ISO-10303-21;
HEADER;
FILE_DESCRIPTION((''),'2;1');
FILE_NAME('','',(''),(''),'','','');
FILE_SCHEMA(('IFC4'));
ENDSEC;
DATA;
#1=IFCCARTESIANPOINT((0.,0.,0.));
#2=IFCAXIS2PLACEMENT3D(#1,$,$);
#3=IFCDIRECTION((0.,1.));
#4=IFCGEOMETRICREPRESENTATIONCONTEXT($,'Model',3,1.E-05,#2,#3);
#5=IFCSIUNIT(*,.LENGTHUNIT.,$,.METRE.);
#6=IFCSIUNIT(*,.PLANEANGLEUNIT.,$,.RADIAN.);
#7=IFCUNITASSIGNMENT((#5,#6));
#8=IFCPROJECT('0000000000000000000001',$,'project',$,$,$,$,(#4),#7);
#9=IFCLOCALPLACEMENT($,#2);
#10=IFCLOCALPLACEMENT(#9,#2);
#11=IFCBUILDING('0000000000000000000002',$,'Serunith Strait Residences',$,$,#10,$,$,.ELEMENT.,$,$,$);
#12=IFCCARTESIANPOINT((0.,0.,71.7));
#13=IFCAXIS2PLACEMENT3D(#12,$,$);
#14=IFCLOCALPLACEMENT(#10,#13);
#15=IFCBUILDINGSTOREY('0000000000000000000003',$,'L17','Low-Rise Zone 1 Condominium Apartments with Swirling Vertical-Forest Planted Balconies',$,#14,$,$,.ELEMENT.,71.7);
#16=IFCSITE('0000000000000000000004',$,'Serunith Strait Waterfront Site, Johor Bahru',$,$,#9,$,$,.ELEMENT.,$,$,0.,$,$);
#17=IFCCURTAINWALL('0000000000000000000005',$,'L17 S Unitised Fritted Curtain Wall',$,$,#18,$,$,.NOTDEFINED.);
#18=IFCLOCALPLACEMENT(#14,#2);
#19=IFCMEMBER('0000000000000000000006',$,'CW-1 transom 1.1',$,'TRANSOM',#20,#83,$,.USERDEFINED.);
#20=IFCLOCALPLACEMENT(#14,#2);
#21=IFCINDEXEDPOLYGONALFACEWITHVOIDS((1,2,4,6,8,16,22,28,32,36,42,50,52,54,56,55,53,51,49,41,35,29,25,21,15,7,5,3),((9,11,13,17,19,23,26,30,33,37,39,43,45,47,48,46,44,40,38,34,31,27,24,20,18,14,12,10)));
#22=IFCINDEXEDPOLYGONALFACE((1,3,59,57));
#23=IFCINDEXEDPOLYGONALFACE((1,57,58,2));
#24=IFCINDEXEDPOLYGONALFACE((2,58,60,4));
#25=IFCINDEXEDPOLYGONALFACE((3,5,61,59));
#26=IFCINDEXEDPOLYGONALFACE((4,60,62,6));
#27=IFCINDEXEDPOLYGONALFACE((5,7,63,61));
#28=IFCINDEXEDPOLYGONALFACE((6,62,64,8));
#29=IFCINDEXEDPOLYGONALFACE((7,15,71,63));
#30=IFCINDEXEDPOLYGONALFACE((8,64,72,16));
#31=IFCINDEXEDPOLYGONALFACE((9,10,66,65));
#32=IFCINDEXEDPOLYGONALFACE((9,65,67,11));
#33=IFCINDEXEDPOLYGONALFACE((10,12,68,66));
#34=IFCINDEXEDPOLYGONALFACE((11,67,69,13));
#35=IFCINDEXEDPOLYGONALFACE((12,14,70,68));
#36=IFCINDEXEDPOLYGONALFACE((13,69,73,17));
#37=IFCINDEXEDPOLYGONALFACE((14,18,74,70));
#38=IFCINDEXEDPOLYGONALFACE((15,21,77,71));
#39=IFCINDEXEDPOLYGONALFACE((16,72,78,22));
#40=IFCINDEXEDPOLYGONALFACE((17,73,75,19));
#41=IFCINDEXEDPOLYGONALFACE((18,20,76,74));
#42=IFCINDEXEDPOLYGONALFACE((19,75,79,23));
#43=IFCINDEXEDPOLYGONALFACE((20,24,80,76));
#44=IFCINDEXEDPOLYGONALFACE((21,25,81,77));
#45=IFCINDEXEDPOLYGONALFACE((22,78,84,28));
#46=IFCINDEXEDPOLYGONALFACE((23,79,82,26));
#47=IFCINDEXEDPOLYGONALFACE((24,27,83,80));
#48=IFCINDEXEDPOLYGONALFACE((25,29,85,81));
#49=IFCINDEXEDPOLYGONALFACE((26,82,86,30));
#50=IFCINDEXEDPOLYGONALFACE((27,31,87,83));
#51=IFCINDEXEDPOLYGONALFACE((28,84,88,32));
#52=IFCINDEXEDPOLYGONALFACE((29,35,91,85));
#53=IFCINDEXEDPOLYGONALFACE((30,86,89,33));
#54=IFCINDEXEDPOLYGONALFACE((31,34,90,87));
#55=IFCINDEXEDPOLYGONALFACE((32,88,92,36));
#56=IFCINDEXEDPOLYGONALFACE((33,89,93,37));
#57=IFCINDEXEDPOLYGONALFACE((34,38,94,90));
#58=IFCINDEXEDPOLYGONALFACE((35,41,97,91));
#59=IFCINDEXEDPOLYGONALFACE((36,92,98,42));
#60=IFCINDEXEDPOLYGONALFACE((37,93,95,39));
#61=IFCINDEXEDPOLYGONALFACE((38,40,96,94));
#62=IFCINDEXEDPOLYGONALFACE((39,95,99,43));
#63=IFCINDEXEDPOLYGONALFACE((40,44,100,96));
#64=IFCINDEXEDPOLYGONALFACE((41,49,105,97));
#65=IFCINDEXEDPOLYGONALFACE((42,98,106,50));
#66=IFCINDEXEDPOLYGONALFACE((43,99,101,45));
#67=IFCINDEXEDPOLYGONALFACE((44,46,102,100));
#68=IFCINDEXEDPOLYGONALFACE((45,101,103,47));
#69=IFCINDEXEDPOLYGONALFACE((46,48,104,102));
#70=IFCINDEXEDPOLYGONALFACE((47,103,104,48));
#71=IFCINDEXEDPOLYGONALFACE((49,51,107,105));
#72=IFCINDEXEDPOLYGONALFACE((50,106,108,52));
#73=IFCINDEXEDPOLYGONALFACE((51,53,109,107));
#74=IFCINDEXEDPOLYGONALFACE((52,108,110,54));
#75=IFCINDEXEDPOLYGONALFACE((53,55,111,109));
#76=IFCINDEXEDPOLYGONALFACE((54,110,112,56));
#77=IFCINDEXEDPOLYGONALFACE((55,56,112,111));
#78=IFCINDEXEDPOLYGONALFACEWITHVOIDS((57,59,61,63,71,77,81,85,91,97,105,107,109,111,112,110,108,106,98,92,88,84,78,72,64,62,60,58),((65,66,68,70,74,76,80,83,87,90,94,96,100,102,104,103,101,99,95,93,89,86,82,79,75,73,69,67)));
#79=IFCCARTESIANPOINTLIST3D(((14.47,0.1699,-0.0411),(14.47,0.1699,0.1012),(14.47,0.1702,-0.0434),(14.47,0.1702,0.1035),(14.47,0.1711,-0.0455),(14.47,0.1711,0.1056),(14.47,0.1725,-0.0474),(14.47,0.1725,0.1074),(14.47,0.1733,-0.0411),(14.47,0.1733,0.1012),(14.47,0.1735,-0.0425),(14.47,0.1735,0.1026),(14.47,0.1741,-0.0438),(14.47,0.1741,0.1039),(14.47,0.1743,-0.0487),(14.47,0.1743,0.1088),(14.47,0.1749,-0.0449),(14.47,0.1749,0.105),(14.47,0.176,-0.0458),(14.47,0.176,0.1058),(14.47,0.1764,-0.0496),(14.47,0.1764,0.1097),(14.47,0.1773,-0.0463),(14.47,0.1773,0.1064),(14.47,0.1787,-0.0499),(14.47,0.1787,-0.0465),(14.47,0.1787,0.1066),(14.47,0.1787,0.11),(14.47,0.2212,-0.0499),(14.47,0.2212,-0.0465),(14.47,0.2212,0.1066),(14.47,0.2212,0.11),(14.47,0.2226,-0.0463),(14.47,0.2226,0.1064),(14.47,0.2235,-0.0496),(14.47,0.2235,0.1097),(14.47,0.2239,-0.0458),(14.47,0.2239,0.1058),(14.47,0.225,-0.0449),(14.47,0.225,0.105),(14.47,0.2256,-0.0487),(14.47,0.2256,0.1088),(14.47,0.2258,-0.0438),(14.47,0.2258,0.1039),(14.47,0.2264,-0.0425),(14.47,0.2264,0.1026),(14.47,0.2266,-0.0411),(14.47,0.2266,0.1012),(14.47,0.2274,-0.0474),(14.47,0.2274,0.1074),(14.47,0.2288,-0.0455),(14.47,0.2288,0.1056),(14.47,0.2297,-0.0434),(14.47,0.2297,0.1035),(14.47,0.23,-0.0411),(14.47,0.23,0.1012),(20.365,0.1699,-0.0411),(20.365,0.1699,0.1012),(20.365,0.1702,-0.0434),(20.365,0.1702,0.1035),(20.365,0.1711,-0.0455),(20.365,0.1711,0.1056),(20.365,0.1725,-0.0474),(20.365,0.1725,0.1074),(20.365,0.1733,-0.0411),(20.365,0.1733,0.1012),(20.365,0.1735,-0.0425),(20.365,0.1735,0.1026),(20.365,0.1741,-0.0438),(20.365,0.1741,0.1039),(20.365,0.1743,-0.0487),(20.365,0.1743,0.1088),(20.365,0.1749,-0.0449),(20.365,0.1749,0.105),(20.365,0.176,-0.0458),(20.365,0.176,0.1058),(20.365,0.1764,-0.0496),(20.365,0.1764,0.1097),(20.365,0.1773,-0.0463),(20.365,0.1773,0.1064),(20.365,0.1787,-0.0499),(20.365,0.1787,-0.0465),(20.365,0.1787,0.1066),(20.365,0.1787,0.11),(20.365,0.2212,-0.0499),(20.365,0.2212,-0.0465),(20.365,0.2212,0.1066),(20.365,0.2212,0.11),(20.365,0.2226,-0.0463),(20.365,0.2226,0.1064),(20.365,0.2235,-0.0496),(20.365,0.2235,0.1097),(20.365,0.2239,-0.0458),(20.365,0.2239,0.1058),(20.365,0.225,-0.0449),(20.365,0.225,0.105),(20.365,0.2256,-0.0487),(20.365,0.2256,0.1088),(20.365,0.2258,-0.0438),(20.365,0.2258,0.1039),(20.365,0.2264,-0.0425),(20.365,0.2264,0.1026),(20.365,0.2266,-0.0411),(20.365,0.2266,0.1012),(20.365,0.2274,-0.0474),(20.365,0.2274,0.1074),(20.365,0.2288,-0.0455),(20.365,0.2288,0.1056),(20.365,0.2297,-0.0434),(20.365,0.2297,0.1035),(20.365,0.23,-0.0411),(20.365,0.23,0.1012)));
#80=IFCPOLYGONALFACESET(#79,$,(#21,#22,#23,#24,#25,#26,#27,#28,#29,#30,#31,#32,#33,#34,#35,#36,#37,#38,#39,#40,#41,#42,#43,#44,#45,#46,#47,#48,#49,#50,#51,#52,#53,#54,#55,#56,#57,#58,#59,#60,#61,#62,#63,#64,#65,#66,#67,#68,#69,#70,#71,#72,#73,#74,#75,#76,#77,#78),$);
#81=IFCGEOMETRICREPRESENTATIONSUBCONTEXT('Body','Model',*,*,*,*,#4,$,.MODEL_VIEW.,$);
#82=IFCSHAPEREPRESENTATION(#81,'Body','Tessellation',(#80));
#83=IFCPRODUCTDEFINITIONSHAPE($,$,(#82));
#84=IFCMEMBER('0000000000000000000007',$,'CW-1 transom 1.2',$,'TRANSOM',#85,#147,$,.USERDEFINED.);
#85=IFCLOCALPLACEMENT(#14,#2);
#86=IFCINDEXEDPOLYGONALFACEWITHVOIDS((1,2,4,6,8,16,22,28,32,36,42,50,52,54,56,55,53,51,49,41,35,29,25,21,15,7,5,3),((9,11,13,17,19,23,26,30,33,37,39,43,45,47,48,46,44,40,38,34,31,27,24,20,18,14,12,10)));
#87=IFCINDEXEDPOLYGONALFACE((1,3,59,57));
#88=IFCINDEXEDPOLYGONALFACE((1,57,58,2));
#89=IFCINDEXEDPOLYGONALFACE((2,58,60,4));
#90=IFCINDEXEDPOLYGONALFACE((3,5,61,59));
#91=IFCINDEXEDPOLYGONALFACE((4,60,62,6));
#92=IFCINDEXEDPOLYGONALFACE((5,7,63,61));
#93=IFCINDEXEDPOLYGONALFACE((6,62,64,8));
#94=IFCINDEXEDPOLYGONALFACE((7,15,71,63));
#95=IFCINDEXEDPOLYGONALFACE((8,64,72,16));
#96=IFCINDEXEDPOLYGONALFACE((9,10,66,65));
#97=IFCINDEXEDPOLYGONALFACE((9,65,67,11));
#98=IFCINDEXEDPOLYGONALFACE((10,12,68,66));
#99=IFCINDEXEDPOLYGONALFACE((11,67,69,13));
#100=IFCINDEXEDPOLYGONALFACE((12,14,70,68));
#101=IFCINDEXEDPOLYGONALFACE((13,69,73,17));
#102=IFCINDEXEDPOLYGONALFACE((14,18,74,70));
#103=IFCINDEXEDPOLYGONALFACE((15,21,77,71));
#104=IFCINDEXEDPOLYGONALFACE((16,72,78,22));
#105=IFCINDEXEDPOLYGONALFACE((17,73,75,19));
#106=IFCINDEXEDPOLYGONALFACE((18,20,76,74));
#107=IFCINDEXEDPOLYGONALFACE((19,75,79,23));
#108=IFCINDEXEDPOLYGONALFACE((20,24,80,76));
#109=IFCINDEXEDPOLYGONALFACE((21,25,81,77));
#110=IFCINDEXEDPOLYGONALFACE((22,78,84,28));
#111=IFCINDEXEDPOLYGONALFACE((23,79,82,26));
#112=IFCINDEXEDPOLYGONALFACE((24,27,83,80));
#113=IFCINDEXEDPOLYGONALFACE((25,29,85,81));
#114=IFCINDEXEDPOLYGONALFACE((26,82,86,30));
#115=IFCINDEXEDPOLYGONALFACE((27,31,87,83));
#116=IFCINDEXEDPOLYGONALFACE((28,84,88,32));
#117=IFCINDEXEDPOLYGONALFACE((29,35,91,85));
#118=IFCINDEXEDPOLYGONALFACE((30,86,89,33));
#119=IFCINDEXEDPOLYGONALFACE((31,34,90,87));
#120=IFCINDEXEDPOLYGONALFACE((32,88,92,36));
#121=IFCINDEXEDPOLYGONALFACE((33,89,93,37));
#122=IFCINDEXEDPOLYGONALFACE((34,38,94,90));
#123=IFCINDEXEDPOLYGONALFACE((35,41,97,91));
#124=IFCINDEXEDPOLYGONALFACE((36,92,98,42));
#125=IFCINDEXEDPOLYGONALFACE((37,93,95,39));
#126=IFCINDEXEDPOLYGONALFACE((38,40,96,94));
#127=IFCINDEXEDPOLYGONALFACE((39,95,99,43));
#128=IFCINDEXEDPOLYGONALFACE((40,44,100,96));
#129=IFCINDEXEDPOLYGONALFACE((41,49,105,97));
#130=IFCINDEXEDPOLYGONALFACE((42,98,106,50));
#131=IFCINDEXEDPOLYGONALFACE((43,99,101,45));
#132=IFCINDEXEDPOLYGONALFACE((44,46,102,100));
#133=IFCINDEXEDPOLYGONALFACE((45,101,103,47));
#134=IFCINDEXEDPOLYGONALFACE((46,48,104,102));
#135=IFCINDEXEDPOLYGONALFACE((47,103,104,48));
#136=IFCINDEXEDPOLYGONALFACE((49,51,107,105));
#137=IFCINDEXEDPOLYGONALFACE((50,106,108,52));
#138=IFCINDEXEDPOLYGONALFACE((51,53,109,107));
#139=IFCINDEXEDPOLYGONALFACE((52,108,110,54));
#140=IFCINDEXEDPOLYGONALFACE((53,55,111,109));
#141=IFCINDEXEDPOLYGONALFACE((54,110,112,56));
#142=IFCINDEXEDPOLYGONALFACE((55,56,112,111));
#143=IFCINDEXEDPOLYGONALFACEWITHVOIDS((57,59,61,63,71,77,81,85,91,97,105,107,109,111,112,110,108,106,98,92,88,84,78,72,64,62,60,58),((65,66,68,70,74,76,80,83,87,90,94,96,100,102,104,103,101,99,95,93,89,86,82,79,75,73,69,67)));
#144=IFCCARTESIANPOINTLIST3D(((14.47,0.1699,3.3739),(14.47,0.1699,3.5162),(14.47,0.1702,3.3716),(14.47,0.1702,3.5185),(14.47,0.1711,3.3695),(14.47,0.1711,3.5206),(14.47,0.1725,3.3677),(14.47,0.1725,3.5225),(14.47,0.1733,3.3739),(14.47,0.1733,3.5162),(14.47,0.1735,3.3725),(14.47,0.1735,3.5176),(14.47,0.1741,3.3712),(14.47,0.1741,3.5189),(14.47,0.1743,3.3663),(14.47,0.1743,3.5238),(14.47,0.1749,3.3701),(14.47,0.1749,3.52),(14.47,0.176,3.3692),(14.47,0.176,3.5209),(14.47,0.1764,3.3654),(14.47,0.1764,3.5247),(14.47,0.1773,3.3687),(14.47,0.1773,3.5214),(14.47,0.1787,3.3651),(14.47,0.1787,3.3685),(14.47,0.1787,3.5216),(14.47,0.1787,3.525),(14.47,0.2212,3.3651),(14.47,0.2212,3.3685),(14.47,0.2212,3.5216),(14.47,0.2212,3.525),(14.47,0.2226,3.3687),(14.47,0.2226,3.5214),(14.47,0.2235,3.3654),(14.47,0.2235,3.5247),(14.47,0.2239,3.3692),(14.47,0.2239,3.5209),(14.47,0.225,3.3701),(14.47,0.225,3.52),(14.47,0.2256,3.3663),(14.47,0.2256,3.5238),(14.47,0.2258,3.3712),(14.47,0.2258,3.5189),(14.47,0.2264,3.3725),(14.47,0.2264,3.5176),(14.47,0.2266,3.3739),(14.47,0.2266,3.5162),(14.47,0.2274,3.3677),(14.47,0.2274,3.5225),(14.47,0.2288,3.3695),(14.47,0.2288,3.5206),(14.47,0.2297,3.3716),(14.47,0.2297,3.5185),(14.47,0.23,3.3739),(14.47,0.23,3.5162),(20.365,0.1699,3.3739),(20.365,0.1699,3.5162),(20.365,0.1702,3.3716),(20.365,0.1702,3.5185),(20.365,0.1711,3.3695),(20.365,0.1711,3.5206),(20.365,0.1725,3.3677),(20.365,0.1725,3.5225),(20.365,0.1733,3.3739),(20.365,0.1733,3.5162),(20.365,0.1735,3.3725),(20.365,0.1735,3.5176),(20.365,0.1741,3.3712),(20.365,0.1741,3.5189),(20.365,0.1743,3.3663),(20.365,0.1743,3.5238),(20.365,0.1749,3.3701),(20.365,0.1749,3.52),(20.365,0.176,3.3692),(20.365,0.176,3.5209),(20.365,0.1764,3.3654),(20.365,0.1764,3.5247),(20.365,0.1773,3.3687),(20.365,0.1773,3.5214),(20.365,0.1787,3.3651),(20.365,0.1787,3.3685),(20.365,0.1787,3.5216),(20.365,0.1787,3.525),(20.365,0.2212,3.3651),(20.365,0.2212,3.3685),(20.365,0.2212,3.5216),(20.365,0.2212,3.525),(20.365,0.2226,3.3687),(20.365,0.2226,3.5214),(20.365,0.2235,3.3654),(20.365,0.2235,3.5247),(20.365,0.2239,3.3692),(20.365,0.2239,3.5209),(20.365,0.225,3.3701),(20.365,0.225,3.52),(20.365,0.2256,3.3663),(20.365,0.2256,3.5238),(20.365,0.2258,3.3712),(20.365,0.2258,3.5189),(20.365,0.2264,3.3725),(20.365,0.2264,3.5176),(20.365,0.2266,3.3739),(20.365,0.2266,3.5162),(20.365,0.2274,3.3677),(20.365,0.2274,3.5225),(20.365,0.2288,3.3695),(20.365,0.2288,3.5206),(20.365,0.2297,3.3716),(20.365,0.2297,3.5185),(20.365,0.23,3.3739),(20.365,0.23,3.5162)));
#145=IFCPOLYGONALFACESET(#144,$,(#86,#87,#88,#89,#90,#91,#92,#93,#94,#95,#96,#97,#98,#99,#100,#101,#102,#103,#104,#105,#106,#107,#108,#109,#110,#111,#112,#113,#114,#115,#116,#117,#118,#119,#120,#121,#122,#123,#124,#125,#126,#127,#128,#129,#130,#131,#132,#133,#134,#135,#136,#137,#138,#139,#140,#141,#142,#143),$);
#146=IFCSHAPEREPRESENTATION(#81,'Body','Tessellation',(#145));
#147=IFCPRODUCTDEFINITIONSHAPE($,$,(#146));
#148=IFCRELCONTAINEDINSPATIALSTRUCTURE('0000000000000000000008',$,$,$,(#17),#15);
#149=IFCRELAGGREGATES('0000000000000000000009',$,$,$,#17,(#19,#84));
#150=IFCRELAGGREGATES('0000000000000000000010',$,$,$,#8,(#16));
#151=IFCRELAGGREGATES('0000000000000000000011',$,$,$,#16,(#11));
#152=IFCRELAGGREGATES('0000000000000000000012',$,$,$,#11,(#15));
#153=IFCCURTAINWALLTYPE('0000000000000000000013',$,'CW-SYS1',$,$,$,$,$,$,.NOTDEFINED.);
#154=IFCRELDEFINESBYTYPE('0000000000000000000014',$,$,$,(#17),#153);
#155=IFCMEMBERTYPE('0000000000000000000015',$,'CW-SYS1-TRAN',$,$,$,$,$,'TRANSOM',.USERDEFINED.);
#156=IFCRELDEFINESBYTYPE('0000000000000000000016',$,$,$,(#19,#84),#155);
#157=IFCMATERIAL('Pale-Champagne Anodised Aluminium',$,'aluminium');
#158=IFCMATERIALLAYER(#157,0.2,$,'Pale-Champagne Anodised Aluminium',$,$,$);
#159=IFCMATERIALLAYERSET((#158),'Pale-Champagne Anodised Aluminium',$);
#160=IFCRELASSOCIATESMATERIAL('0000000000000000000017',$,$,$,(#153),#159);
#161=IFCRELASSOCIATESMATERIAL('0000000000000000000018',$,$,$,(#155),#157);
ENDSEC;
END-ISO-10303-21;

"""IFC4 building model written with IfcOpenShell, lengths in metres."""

from ifc_helpers import new_model, si_unit, direction, frame, origin, origin_2d, place, context, subcontext, project, spatial, hollow_rectangle, extrude, source, transform, mapped, material, layer, layer_set, material_profile, profile_set, type_object, element, aggregate, save


model = new_model("IFC4")

# Units and contexts
model_context = context("Model", 3, precision=1e-05, world=origin(), true_north=direction((0.0, 1.0)))
body_context = subcontext(model_context, "Body", "Model", "MODEL_VIEW")
ifc_project = project(units=[si_unit("LENGTHUNIT", "METRE"), si_unit("PLANEANGLEUNIT", "RADIAN")], contexts=[model_context])

# Site, building, storey
site_placement = place(None, origin())
site = spatial("IfcSite", under=ifc_project, at=site_placement, Name="Serunith Strait Waterfront Site, Johor Bahru", CompositionType="ELEMENT", RefElevation=0.0)
building_placement = place(site_placement, origin())
building = spatial("IfcBuilding", under=site, at=building_placement, Name="Serunith Strait Residences", CompositionType="ELEMENT")
storey_placement = place(building_placement, frame((0.0, 0.0, 71.7)))
storey = spatial("IfcBuildingStorey", under=building, at=storey_placement, Name="L17", Description="Low-Rise Zone 1 Condominium Apartments with Swirling Vertical-Forest Planted Balconies", CompositionType="ELEMENT", Elevation=71.7)

# Curtain wall
ifc_material_1 = material(Name="Pale-Champagne Anodised Aluminium", Category="aluminium")
ifc_layer_1 = layer(ifc_material_1, 0.2, Name="Pale-Champagne Anodised Aluminium")
ifc_layer_set_1 = layer_set([ifc_layer_1], Name="Pale-Champagne Anodised Aluminium")
curtain_wall_type = type_object("IfcCurtainWallType", Name="CW-SYS1", PredefinedType="NOTDEFINED", material=ifc_layer_set_1)
curtain_wall_1_placement = place(storey_placement, origin())
curtain_wall_1 = element("IfcCurtainWall", 1, at=curtain_wall_1_placement, inside=storey, type_object=curtain_wall_type, Name="L17 S Unitised Fritted Curtain Wall", PredefinedType="NOTDEFINED")

# Members
ifc_material_profile_1 = material_profile(ifc_material_1, hollow_rectangle(XDim=0.0601, YDim=0.1599, WallThickness=0.0034, InnerFilletRadius=0.0054, OuterFilletRadius=0.0088, at=origin_2d()), Name="ALU 160x60x3.5")
ifc_profile_set_1 = profile_set([ifc_material_profile_1], Name="Pale-Champagne Anodised Aluminium")
member_type_1 = type_object("IfcMemberType", Name="CW-SYS1-TRAN", ElementType="TRANSOM", PredefinedType="USERDEFINED", material=ifc_profile_set_1)
shared_shape_1 = source(origin(), body_context, "Body", "SweptSolid", [
    extrude(hollow_rectangle(XDim=0.0601, YDim=0.1599, WallThickness=0.0034, InnerFilletRadius=0.0054, OuterFilletRadius=0.0088, at=origin_2d()), origin(), (0.0, 0.0, 1.0), 5.895),
])
member_1_placement = place(storey_placement, frame((14.47, 0.2, 0.03), z_axis=(1.0, 0.0, 0.0), x_axis=(0.0, 1.0, 0.0)))
member_1 = element("IfcMember", 2, at=member_1_placement, type_object=member_type_1, Name="CW-1 transom 1.1", ObjectType="TRANSOM", PredefinedType="USERDEFINED", context=body_context, shape_type="MappedRepresentation", body=[
    mapped(shared_shape_1, transform((0.0, 0.0, 0.0), scale=1.0)),
])
member_2_placement = place(storey_placement, frame((14.47, 0.2, 3.4451), z_axis=(1.0, 0.0, 0.0), x_axis=(0.0, 1.0, 0.0)))
member_2 = element("IfcMember", 3, at=member_2_placement, type_object=member_type_1, Name="CW-1 transom 1.2", ObjectType="TRANSOM", PredefinedType="USERDEFINED", context=body_context, shape_type="MappedRepresentation", body=[
    mapped(shared_shape_1, transform((0.0, 0.0, 0.0), scale=1.0)),
])
aggregate(curtain_wall_1, [member_1, member_2])

save(model, "model.ifc")
